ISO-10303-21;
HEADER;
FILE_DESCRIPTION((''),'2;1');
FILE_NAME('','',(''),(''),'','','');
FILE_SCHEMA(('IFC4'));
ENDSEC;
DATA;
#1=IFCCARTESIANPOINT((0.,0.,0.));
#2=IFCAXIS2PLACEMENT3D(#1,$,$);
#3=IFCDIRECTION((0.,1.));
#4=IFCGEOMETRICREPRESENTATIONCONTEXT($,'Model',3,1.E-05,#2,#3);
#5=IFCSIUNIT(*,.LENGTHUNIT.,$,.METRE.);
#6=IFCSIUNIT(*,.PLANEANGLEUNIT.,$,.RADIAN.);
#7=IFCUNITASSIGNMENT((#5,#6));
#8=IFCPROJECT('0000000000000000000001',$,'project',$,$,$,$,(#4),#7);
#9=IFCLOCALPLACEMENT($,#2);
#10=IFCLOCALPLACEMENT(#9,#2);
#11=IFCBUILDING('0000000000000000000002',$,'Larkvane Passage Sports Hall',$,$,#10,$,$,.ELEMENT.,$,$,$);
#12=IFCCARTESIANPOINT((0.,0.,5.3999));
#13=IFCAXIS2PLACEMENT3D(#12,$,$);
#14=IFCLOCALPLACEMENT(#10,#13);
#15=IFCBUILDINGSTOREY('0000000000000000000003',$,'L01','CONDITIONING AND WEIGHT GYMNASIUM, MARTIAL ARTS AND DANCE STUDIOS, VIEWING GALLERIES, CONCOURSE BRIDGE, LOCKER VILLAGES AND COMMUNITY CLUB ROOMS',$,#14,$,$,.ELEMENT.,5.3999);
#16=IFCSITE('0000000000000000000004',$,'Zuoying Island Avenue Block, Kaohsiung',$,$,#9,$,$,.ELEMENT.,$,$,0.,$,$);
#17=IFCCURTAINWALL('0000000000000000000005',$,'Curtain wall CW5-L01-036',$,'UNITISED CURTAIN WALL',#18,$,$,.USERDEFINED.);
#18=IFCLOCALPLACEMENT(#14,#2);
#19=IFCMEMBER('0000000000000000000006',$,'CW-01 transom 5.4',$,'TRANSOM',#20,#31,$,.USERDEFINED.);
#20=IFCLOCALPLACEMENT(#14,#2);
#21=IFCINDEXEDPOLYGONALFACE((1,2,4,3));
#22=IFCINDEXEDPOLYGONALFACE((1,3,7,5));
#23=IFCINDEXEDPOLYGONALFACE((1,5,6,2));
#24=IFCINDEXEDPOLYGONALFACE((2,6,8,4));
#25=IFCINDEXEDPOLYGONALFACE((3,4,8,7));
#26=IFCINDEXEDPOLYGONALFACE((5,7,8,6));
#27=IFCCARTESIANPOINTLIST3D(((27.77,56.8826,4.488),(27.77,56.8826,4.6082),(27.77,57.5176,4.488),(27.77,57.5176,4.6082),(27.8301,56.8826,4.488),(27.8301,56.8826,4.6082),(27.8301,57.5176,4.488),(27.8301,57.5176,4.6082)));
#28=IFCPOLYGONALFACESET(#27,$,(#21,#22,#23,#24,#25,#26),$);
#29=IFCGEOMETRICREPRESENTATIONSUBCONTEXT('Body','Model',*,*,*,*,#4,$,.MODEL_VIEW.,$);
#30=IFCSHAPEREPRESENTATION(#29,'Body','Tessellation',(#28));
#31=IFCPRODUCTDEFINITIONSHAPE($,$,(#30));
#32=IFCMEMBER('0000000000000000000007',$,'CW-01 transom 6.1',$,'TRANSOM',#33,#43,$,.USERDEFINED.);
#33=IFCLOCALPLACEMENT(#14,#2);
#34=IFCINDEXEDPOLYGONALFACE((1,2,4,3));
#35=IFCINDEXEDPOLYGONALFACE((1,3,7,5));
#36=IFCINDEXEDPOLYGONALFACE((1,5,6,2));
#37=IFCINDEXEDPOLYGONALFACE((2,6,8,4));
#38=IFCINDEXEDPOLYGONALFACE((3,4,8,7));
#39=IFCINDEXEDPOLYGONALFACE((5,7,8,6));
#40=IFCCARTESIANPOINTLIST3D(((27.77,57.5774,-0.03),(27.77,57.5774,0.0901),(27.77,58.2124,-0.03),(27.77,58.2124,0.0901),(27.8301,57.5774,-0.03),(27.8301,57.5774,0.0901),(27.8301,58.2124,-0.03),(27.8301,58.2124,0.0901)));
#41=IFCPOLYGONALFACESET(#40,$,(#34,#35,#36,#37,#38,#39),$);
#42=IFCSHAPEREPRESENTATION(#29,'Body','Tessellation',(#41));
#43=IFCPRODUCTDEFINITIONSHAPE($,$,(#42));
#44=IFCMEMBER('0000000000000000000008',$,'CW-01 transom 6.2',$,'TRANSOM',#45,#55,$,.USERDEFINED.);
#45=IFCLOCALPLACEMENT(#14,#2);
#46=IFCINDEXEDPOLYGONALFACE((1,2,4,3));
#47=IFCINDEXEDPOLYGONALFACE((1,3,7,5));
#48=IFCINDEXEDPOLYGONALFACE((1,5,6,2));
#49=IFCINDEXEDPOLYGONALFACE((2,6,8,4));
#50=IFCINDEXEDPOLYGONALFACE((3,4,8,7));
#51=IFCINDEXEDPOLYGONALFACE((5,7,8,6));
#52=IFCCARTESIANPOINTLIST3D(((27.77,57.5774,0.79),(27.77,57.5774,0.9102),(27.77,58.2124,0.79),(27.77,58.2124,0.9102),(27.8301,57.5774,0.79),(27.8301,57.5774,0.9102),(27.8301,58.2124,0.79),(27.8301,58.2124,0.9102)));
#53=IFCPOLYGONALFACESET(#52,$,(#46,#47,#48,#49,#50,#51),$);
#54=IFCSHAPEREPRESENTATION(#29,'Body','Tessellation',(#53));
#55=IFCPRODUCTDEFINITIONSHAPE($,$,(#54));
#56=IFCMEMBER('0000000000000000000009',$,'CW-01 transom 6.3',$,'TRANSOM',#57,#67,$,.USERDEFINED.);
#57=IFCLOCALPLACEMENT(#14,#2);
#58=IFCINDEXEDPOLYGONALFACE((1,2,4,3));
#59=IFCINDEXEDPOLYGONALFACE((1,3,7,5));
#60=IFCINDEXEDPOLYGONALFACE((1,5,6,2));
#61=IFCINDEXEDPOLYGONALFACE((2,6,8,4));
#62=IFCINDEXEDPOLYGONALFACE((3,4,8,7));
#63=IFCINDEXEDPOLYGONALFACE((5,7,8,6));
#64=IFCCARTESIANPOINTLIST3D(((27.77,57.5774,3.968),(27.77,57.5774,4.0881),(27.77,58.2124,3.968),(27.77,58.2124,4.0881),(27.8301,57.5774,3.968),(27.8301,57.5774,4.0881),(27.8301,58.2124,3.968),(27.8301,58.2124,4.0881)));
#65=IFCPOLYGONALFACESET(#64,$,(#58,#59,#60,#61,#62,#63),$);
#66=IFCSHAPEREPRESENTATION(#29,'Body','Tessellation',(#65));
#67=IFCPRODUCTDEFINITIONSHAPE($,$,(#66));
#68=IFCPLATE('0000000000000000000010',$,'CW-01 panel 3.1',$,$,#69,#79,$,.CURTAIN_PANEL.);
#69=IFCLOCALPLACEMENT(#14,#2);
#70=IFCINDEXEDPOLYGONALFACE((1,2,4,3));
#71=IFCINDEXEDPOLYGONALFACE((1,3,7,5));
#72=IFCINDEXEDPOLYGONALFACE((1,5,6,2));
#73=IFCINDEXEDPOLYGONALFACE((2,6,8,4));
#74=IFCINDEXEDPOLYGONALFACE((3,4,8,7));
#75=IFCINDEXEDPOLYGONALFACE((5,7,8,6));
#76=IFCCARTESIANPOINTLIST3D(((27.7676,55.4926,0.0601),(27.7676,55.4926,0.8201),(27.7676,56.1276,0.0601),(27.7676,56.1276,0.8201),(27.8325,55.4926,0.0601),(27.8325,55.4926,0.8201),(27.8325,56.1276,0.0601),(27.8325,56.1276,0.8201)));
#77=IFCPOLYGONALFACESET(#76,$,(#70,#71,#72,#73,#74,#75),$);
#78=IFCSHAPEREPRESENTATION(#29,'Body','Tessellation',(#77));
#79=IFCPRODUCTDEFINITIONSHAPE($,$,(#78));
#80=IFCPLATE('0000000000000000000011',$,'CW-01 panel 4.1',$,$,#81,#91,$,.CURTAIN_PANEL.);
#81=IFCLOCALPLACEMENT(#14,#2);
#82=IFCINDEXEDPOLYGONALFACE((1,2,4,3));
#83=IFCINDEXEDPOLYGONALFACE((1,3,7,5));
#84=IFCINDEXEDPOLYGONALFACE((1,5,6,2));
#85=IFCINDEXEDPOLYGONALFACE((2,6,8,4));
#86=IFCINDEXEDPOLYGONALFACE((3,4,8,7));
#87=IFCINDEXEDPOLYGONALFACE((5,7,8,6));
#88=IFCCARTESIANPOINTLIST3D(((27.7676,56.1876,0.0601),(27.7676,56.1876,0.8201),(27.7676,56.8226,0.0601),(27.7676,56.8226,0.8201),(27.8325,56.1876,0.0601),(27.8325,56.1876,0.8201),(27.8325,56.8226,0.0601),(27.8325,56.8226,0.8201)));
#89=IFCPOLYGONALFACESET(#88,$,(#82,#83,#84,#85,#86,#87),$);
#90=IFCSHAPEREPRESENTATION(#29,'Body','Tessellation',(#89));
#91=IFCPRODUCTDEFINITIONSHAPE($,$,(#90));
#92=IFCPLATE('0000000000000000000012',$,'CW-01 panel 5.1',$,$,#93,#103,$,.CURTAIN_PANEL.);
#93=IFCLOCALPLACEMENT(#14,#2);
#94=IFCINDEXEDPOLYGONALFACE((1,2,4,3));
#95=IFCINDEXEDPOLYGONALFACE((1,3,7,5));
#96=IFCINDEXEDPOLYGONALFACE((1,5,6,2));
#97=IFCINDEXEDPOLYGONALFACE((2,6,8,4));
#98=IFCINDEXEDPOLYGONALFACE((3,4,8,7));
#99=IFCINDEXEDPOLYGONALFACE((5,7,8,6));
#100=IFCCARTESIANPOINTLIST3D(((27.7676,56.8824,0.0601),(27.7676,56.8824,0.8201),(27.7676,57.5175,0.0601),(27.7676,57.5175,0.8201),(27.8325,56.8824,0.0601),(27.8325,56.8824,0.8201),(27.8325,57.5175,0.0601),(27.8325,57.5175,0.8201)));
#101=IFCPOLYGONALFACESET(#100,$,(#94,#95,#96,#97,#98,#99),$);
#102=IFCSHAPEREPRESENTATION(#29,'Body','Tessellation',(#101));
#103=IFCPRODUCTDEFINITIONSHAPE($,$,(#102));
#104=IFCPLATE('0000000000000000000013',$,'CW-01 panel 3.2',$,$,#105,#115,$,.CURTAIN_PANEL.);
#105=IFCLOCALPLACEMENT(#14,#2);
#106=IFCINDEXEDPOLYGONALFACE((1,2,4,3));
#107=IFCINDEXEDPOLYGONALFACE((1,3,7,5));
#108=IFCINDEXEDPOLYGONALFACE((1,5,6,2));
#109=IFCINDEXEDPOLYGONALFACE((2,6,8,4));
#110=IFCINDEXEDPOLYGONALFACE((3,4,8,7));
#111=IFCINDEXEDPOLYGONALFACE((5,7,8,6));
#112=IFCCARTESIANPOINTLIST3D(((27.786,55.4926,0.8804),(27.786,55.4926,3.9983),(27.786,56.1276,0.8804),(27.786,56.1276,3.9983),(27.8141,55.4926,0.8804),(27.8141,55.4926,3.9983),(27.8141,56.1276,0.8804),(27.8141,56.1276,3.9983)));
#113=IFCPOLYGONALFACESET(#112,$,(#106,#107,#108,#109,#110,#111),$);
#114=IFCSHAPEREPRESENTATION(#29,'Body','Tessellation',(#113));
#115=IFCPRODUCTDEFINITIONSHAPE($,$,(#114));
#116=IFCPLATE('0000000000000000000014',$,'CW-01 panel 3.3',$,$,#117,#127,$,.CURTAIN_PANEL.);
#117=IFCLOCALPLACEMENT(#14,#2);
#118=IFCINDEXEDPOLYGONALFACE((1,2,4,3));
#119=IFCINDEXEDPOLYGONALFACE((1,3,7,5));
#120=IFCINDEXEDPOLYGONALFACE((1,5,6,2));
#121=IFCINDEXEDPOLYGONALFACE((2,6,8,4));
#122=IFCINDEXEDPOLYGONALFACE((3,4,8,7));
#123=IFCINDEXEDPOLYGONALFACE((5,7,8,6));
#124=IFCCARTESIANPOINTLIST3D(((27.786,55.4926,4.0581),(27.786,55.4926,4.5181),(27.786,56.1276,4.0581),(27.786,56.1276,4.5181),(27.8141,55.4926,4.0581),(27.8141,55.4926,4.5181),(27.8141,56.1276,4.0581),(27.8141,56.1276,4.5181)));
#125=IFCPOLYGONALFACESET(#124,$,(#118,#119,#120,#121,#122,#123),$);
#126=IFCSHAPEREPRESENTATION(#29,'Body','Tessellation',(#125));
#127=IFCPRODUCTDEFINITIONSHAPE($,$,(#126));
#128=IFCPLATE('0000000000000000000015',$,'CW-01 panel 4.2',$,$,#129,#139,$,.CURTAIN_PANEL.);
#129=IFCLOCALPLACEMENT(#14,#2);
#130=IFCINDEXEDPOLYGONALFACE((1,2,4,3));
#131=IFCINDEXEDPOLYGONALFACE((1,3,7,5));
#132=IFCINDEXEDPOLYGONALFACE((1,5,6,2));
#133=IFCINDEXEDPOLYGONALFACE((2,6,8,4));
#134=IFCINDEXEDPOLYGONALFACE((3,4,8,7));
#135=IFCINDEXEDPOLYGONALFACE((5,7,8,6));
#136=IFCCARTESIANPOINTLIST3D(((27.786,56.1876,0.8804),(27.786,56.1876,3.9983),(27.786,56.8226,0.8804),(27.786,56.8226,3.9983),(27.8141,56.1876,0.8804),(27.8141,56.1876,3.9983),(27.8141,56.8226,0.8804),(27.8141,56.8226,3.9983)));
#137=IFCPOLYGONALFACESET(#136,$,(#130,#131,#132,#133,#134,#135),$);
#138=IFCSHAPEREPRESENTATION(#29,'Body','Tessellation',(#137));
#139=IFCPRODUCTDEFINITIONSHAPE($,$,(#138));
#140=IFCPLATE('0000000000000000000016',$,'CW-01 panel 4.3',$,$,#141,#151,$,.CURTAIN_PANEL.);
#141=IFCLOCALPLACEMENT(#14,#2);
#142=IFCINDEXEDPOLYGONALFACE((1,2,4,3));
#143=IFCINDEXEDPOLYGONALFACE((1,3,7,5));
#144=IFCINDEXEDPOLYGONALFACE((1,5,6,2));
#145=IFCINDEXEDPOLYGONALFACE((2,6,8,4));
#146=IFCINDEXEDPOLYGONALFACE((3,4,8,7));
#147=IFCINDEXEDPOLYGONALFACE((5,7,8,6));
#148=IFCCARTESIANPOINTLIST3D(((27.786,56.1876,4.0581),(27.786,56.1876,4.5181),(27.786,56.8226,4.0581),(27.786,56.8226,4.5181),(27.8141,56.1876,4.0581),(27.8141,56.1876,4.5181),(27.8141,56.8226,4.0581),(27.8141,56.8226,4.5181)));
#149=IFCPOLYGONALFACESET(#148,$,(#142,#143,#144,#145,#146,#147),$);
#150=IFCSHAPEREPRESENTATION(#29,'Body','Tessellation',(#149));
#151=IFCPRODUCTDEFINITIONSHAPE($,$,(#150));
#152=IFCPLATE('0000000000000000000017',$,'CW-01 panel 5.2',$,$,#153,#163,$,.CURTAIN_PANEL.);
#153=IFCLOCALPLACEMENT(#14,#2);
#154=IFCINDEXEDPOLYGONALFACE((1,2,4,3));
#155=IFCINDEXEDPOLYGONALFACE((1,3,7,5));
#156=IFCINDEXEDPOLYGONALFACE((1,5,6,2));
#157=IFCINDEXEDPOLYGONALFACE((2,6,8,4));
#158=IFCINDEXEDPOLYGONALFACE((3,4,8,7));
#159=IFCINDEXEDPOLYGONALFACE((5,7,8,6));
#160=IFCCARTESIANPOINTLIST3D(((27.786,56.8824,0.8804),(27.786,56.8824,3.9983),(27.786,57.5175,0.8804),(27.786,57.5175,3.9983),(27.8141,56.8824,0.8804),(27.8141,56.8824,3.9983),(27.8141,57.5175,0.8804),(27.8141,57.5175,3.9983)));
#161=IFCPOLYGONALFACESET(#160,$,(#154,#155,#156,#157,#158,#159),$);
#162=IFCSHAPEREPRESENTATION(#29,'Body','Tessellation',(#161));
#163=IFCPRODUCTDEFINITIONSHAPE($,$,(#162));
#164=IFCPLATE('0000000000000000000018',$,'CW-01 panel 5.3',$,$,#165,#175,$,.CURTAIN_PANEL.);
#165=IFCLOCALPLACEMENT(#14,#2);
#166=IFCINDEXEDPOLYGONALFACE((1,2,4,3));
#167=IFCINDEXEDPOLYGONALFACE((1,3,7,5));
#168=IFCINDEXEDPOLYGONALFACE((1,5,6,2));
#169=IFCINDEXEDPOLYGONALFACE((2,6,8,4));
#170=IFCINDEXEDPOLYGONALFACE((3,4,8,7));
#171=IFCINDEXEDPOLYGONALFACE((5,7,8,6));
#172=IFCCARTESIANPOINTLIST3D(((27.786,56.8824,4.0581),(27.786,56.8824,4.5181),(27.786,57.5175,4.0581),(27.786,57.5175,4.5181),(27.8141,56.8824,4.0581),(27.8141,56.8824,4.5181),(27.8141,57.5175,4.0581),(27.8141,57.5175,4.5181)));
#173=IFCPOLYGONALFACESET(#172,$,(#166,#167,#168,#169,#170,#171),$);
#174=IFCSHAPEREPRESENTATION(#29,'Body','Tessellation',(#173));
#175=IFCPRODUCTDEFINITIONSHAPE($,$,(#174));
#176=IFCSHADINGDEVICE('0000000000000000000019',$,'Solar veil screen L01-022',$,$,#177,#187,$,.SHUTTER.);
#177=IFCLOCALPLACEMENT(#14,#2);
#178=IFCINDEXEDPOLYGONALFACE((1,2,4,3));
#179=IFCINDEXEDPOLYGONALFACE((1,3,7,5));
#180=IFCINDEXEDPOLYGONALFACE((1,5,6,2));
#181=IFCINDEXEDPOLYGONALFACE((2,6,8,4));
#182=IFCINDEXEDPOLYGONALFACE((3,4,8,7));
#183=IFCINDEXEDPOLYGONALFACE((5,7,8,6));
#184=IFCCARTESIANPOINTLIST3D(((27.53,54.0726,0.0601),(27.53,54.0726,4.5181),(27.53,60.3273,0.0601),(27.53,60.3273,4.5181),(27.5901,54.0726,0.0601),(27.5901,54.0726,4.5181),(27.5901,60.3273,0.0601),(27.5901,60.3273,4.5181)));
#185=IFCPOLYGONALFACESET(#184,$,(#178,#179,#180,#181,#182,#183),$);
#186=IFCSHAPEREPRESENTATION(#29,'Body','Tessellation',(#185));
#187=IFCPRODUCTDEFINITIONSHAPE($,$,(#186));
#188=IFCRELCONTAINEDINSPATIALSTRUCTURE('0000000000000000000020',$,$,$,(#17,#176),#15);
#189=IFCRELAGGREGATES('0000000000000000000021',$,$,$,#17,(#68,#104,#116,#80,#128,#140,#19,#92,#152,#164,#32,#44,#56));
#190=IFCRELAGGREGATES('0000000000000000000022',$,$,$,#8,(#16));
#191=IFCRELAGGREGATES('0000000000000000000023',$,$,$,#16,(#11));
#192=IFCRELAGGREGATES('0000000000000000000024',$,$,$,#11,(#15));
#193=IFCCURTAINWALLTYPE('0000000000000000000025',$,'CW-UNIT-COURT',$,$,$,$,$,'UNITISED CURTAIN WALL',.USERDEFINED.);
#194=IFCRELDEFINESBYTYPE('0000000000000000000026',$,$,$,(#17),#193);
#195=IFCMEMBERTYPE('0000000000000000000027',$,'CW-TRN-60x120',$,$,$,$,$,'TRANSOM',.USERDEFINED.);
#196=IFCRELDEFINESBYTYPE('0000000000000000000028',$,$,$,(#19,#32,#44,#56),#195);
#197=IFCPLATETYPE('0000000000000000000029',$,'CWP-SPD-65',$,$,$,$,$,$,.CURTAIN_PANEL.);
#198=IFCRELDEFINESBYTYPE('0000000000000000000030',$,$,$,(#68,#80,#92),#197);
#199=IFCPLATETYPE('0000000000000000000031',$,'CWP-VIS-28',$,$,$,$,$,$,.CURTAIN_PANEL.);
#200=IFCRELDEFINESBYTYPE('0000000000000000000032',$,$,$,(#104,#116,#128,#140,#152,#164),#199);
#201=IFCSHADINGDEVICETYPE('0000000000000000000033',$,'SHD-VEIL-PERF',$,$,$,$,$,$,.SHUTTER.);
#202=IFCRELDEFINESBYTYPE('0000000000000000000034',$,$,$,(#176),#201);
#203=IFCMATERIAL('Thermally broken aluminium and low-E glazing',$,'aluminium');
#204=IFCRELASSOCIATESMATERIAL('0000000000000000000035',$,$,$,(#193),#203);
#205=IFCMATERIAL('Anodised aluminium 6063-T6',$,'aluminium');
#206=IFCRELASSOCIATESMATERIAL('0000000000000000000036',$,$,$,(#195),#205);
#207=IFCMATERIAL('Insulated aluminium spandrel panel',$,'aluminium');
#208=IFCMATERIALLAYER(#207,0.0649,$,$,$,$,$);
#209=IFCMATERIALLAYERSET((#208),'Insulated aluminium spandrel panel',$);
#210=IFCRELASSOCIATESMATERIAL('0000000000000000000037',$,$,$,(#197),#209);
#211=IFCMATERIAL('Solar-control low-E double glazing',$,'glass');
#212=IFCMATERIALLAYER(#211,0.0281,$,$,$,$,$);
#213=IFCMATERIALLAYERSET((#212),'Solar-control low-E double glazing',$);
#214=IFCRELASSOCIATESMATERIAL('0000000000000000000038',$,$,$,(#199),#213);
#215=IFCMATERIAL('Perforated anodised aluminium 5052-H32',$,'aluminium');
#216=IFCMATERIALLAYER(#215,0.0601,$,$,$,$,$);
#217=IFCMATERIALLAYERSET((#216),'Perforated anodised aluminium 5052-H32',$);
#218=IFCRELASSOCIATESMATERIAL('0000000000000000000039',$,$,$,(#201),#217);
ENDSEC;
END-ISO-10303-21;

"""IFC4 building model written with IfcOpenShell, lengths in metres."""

from ifc_helpers import new_model, si_unit, direction, frame, origin, origin_2d, place, context, subcontext, project, spatial, rectangle, extrude, material, layer, layer_set, material_profile, profile_set, type_object, element, aggregate, save


model = new_model("IFC4")

# Units and contexts
model_context = context("Model", 3, precision=1e-05, world=origin(), true_north=direction((0.0, 1.0)))
body_context = subcontext(model_context, "Body", "Model", "MODEL_VIEW")
ifc_project = project(units=[si_unit("LENGTHUNIT", "METRE"), si_unit("PLANEANGLEUNIT", "RADIAN")], contexts=[model_context])

# Site, building, storey
site_placement = place(None, origin())
site = spatial("IfcSite", under=ifc_project, at=site_placement, Name="Zuoying Island Avenue Block, Kaohsiung", CompositionType="ELEMENT", RefElevation=0.0)
building_placement = place(site_placement, origin())
building = spatial("IfcBuilding", under=site, at=building_placement, Name="Larkvane Passage Sports Hall", CompositionType="ELEMENT")
storey_placement = place(building_placement, frame((0.0, 0.0, 5.3999)))
storey = spatial("IfcBuildingStorey", under=building, at=storey_placement, Name="L01", Description="CONDITIONING AND WEIGHT GYMNASIUM, MARTIAL ARTS AND DANCE STUDIOS, VIEWING GALLERIES, CONCOURSE BRIDGE, LOCKER VILLAGES AND COMMUNITY CLUB ROOMS", CompositionType="ELEMENT", Elevation=5.3999)

# Curtain wall, members, plates
ifc_material_1 = material(Name="Thermally broken aluminium and low-E glazing", Category="aluminium")
curtain_wall_type = type_object("IfcCurtainWallType", Name="CW-UNIT-COURT", ElementType="UNITISED CURTAIN WALL", PredefinedType="USERDEFINED", material=ifc_material_1)
curtain_wall_placement = place(storey_placement, origin())
curtain_wall = element("IfcCurtainWall", 1, at=curtain_wall_placement, inside=storey, type_object=curtain_wall_type, Name="Curtain wall CW5-L01-036", ObjectType="UNITISED CURTAIN WALL", PredefinedType="USERDEFINED")
ifc_material_2 = material(Name="Anodised aluminium 6063-T6", Category="aluminium")
ifc_material_profile_1 = material_profile(ifc_material_2, rectangle(XDim=0.0601, YDim=0.1201, at=origin_2d()), Name="ALU-TRN-60x120")
ifc_profile_set_1 = profile_set([ifc_material_profile_1], Name="Anodised aluminium 6063-T6")
member_type_1 = type_object("IfcMemberType", Name="CW-TRN-60x120", ElementType="TRANSOM", PredefinedType="USERDEFINED", material=ifc_profile_set_1)
member_1_placement = place(storey_placement, frame((27.8, 56.8826, 4.5481), z_axis=(0.0, 1.0, 0.0), x_axis=(-1.0, 0.0, 0.0)))
member_1 = element("IfcMember", 2, at=member_1_placement, type_object=member_type_1, Name="CW-01 transom 5.4", ObjectType="TRANSOM", PredefinedType="USERDEFINED", context=body_context, shape_type="SweptSolid", body=[
    extrude(rectangle(XDim=0.0601, YDim=0.1201, at=origin_2d()), origin(), (0.0, 0.0, 1.0), 0.635),
])
member_2_placement = place(storey_placement, frame((27.8, 57.5774, 0.03), z_axis=(0.0, 1.0, 0.0), x_axis=(-1.0, 0.0, 0.0)))
member_2 = element("IfcMember", 3, at=member_2_placement, type_object=member_type_1, Name="CW-01 transom 6.1", ObjectType="TRANSOM", PredefinedType="USERDEFINED", context=body_context, shape_type="SweptSolid", body=[
    extrude(rectangle(XDim=0.0601, YDim=0.1201, at=origin_2d()), origin(), (0.0, 0.0, 1.0), 0.635),
])
member_3_placement = place(storey_placement, frame((27.8, 57.5774, 0.8501), z_axis=(0.0, 1.0, 0.0), x_axis=(-1.0, 0.0, 0.0)))
member_3 = element("IfcMember", 4, at=member_3_placement, type_object=member_type_1, Name="CW-01 transom 6.2", ObjectType="TRANSOM", PredefinedType="USERDEFINED", context=body_context, shape_type="SweptSolid", body=[
    extrude(rectangle(XDim=0.0601, YDim=0.1201, at=origin_2d()), origin(), (0.0, 0.0, 1.0), 0.635),
])
member_4_placement = place(storey_placement, frame((27.8, 57.5774, 4.0281), z_axis=(0.0, 1.0, 0.0), x_axis=(-1.0, 0.0, 0.0)))
member_4 = element("IfcMember", 5, at=member_4_placement, type_object=member_type_1, Name="CW-01 transom 6.3", ObjectType="TRANSOM", PredefinedType="USERDEFINED", context=body_context, shape_type="SweptSolid", body=[
    extrude(rectangle(XDim=0.0601, YDim=0.1201, at=origin_2d()), origin(), (0.0, 0.0, 1.0), 0.635),
])
ifc_material_3 = material(Name="Insulated aluminium spandrel panel", Category="aluminium")
ifc_layer_1 = layer(ifc_material_3, 0.0649)
ifc_layer_set_1 = layer_set([ifc_layer_1], Name="Insulated aluminium spandrel panel")
plate_type_1 = type_object("IfcPlateType", Name="CWP-SPD-65", PredefinedType="CURTAIN_PANEL", material=ifc_layer_set_1)
plate_1_placement = place(storey_placement, frame((27.8, 55.8101, 0.0601), z_axis=(0.0, 0.0, 1.0), x_axis=(0.0, 1.0, 0.0)))
plate_1 = element("IfcPlate", 6, at=plate_1_placement, type_object=plate_type_1, Name="CW-01 panel 3.1", PredefinedType="CURTAIN_PANEL", context=body_context, shape_type="SweptSolid", body=[
    extrude(rectangle(XDim=0.635, YDim=0.0649, at=origin_2d()), origin(), (0.0, 0.0, 1.0), 0.76),
])
plate_2_placement = place(storey_placement, frame((27.8, 56.5051, 0.0601), z_axis=(0.0, 0.0, 1.0), x_axis=(0.0, 1.0, 0.0)))
plate_2 = element("IfcPlate", 7, at=plate_2_placement, type_object=plate_type_1, Name="CW-01 panel 4.1", PredefinedType="CURTAIN_PANEL", context=body_context, shape_type="SweptSolid", body=[
    extrude(rectangle(XDim=0.635, YDim=0.0649, at=origin_2d()), origin(), (0.0, 0.0, 1.0), 0.76),
])
plate_3_placement = place(storey_placement, frame((27.8, 57.2, 0.0601), z_axis=(0.0, 0.0, 1.0), x_axis=(0.0, 1.0, 0.0)))
plate_3 = element("IfcPlate", 8, at=plate_3_placement, type_object=plate_type_1, Name="CW-01 panel 5.1", PredefinedType="CURTAIN_PANEL", context=body_context, shape_type="SweptSolid", body=[
    extrude(rectangle(XDim=0.635, YDim=0.0649, at=origin_2d()), origin(), (0.0, 0.0, 1.0), 0.76),
])
ifc_material_4 = material(Name="Solar-control low-E double glazing", Category="glass")
ifc_layer_2 = layer(ifc_material_4, 0.0281)
ifc_layer_set_2 = layer_set([ifc_layer_2], Name="Solar-control low-E double glazing")
plate_type_2 = type_object("IfcPlateType", Name="CWP-VIS-28", PredefinedType="CURTAIN_PANEL", material=ifc_layer_set_2)
plate_4_placement = place(storey_placement, frame((27.8, 55.8101, 0.8804), z_axis=(0.0, 0.0, 1.0), x_axis=(0.0, 1.0, 0.0)))
plate_4 = element("IfcPlate", 9, at=plate_4_placement, type_object=plate_type_2, Name="CW-01 panel 3.2", PredefinedType="CURTAIN_PANEL", context=body_context, shape_type="SweptSolid", body=[
    extrude(rectangle(XDim=0.635, YDim=0.0281, at=origin_2d()), origin(), (0.0, 0.0, 1.0), 3.1179),
])
plate_5_placement = place(storey_placement, frame((27.8, 55.8101, 4.0581), z_axis=(0.0, 0.0, 1.0), x_axis=(0.0, 1.0, 0.0)))
plate_5 = element("IfcPlate", 10, at=plate_5_placement, type_object=plate_type_2, Name="CW-01 panel 3.3", PredefinedType="CURTAIN_PANEL", context=body_context, shape_type="SweptSolid", body=[
    extrude(rectangle(XDim=0.635, YDim=0.0281, at=origin_2d()), origin(), (0.0, 0.0, 1.0), 0.46),
])
plate_6_placement = place(storey_placement, frame((27.8, 56.5051, 0.8804), z_axis=(0.0, 0.0, 1.0), x_axis=(0.0, 1.0, 0.0)))
plate_6 = element("IfcPlate", 11, at=plate_6_placement, type_object=plate_type_2, Name="CW-01 panel 4.2", PredefinedType="CURTAIN_PANEL", context=body_context, shape_type="SweptSolid", body=[
    extrude(rectangle(XDim=0.635, YDim=0.0281, at=origin_2d()), origin(), (0.0, 0.0, 1.0), 3.1179),
])
plate_7_placement = place(storey_placement, frame((27.8, 56.5051, 4.0581), z_axis=(0.0, 0.0, 1.0), x_axis=(0.0, 1.0, 0.0)))
plate_7 = element("IfcPlate", 12, at=plate_7_placement, type_object=plate_type_2, Name="CW-01 panel 4.3", PredefinedType="CURTAIN_PANEL", context=body_context, shape_type="SweptSolid", body=[
    extrude(rectangle(XDim=0.635, YDim=0.0281, at=origin_2d()), origin(), (0.0, 0.0, 1.0), 0.46),
])
plate_8_placement = place(storey_placement, frame((27.8, 57.2, 0.8804), z_axis=(0.0, 0.0, 1.0), x_axis=(0.0, 1.0, 0.0)))
plate_8 = element("IfcPlate", 13, at=plate_8_placement, type_object=plate_type_2, Name="CW-01 panel 5.2", PredefinedType="CURTAIN_PANEL", context=body_context, shape_type="SweptSolid", body=[
    extrude(rectangle(XDim=0.635, YDim=0.0281, at=origin_2d()), origin(), (0.0, 0.0, 1.0), 3.1179),
])
plate_9_placement = place(storey_placement, frame((27.8, 57.2, 4.0581), z_axis=(0.0, 0.0, 1.0), x_axis=(0.0, 1.0, 0.0)))
plate_9 = element("IfcPlate", 14, at=plate_9_placement, type_object=plate_type_2, Name="CW-01 panel 5.3", PredefinedType="CURTAIN_PANEL", context=body_context, shape_type="SweptSolid", body=[
    extrude(rectangle(XDim=0.635, YDim=0.0281, at=origin_2d()), origin(), (0.0, 0.0, 1.0), 0.46),
])
aggregate(curtain_wall, [plate_1, plate_4, plate_5, plate_2, plate_6, plate_7, member_1, plate_3, plate_8, plate_9, member_2, member_3, member_4])

# Shading device
ifc_material_5 = material(Name="Perforated anodised aluminium 5052-H32", Category="aluminium")
ifc_layer_3 = layer(ifc_material_5, 0.0601)
ifc_layer_set_3 = layer_set([ifc_layer_3], Name="Perforated anodised aluminium 5052-H32")
shading_device_type = type_object("IfcShadingDeviceType", Name="SHD-VEIL-PERF", PredefinedType="SHUTTER", material=ifc_layer_set_3)
shading_device_placement = place(storey_placement, frame((27.5601, 57.2, 0.0601), z_axis=(0.0, 0.0, 1.0), x_axis=(0.0, 1.0, 0.0)))
element("IfcShadingDevice", 15, at=shading_device_placement, inside=storey, type_object=shading_device_type, Name="Solar veil screen L01-022", PredefinedType="SHUTTER", context=body_context, shape_type="SweptSolid", body=[
    extrude(rectangle(XDim=6.2546, YDim=0.0601, at=origin_2d()), origin(), (0.0, 0.0, 1.0), 4.458),
])

save(model, "model.ifc")
